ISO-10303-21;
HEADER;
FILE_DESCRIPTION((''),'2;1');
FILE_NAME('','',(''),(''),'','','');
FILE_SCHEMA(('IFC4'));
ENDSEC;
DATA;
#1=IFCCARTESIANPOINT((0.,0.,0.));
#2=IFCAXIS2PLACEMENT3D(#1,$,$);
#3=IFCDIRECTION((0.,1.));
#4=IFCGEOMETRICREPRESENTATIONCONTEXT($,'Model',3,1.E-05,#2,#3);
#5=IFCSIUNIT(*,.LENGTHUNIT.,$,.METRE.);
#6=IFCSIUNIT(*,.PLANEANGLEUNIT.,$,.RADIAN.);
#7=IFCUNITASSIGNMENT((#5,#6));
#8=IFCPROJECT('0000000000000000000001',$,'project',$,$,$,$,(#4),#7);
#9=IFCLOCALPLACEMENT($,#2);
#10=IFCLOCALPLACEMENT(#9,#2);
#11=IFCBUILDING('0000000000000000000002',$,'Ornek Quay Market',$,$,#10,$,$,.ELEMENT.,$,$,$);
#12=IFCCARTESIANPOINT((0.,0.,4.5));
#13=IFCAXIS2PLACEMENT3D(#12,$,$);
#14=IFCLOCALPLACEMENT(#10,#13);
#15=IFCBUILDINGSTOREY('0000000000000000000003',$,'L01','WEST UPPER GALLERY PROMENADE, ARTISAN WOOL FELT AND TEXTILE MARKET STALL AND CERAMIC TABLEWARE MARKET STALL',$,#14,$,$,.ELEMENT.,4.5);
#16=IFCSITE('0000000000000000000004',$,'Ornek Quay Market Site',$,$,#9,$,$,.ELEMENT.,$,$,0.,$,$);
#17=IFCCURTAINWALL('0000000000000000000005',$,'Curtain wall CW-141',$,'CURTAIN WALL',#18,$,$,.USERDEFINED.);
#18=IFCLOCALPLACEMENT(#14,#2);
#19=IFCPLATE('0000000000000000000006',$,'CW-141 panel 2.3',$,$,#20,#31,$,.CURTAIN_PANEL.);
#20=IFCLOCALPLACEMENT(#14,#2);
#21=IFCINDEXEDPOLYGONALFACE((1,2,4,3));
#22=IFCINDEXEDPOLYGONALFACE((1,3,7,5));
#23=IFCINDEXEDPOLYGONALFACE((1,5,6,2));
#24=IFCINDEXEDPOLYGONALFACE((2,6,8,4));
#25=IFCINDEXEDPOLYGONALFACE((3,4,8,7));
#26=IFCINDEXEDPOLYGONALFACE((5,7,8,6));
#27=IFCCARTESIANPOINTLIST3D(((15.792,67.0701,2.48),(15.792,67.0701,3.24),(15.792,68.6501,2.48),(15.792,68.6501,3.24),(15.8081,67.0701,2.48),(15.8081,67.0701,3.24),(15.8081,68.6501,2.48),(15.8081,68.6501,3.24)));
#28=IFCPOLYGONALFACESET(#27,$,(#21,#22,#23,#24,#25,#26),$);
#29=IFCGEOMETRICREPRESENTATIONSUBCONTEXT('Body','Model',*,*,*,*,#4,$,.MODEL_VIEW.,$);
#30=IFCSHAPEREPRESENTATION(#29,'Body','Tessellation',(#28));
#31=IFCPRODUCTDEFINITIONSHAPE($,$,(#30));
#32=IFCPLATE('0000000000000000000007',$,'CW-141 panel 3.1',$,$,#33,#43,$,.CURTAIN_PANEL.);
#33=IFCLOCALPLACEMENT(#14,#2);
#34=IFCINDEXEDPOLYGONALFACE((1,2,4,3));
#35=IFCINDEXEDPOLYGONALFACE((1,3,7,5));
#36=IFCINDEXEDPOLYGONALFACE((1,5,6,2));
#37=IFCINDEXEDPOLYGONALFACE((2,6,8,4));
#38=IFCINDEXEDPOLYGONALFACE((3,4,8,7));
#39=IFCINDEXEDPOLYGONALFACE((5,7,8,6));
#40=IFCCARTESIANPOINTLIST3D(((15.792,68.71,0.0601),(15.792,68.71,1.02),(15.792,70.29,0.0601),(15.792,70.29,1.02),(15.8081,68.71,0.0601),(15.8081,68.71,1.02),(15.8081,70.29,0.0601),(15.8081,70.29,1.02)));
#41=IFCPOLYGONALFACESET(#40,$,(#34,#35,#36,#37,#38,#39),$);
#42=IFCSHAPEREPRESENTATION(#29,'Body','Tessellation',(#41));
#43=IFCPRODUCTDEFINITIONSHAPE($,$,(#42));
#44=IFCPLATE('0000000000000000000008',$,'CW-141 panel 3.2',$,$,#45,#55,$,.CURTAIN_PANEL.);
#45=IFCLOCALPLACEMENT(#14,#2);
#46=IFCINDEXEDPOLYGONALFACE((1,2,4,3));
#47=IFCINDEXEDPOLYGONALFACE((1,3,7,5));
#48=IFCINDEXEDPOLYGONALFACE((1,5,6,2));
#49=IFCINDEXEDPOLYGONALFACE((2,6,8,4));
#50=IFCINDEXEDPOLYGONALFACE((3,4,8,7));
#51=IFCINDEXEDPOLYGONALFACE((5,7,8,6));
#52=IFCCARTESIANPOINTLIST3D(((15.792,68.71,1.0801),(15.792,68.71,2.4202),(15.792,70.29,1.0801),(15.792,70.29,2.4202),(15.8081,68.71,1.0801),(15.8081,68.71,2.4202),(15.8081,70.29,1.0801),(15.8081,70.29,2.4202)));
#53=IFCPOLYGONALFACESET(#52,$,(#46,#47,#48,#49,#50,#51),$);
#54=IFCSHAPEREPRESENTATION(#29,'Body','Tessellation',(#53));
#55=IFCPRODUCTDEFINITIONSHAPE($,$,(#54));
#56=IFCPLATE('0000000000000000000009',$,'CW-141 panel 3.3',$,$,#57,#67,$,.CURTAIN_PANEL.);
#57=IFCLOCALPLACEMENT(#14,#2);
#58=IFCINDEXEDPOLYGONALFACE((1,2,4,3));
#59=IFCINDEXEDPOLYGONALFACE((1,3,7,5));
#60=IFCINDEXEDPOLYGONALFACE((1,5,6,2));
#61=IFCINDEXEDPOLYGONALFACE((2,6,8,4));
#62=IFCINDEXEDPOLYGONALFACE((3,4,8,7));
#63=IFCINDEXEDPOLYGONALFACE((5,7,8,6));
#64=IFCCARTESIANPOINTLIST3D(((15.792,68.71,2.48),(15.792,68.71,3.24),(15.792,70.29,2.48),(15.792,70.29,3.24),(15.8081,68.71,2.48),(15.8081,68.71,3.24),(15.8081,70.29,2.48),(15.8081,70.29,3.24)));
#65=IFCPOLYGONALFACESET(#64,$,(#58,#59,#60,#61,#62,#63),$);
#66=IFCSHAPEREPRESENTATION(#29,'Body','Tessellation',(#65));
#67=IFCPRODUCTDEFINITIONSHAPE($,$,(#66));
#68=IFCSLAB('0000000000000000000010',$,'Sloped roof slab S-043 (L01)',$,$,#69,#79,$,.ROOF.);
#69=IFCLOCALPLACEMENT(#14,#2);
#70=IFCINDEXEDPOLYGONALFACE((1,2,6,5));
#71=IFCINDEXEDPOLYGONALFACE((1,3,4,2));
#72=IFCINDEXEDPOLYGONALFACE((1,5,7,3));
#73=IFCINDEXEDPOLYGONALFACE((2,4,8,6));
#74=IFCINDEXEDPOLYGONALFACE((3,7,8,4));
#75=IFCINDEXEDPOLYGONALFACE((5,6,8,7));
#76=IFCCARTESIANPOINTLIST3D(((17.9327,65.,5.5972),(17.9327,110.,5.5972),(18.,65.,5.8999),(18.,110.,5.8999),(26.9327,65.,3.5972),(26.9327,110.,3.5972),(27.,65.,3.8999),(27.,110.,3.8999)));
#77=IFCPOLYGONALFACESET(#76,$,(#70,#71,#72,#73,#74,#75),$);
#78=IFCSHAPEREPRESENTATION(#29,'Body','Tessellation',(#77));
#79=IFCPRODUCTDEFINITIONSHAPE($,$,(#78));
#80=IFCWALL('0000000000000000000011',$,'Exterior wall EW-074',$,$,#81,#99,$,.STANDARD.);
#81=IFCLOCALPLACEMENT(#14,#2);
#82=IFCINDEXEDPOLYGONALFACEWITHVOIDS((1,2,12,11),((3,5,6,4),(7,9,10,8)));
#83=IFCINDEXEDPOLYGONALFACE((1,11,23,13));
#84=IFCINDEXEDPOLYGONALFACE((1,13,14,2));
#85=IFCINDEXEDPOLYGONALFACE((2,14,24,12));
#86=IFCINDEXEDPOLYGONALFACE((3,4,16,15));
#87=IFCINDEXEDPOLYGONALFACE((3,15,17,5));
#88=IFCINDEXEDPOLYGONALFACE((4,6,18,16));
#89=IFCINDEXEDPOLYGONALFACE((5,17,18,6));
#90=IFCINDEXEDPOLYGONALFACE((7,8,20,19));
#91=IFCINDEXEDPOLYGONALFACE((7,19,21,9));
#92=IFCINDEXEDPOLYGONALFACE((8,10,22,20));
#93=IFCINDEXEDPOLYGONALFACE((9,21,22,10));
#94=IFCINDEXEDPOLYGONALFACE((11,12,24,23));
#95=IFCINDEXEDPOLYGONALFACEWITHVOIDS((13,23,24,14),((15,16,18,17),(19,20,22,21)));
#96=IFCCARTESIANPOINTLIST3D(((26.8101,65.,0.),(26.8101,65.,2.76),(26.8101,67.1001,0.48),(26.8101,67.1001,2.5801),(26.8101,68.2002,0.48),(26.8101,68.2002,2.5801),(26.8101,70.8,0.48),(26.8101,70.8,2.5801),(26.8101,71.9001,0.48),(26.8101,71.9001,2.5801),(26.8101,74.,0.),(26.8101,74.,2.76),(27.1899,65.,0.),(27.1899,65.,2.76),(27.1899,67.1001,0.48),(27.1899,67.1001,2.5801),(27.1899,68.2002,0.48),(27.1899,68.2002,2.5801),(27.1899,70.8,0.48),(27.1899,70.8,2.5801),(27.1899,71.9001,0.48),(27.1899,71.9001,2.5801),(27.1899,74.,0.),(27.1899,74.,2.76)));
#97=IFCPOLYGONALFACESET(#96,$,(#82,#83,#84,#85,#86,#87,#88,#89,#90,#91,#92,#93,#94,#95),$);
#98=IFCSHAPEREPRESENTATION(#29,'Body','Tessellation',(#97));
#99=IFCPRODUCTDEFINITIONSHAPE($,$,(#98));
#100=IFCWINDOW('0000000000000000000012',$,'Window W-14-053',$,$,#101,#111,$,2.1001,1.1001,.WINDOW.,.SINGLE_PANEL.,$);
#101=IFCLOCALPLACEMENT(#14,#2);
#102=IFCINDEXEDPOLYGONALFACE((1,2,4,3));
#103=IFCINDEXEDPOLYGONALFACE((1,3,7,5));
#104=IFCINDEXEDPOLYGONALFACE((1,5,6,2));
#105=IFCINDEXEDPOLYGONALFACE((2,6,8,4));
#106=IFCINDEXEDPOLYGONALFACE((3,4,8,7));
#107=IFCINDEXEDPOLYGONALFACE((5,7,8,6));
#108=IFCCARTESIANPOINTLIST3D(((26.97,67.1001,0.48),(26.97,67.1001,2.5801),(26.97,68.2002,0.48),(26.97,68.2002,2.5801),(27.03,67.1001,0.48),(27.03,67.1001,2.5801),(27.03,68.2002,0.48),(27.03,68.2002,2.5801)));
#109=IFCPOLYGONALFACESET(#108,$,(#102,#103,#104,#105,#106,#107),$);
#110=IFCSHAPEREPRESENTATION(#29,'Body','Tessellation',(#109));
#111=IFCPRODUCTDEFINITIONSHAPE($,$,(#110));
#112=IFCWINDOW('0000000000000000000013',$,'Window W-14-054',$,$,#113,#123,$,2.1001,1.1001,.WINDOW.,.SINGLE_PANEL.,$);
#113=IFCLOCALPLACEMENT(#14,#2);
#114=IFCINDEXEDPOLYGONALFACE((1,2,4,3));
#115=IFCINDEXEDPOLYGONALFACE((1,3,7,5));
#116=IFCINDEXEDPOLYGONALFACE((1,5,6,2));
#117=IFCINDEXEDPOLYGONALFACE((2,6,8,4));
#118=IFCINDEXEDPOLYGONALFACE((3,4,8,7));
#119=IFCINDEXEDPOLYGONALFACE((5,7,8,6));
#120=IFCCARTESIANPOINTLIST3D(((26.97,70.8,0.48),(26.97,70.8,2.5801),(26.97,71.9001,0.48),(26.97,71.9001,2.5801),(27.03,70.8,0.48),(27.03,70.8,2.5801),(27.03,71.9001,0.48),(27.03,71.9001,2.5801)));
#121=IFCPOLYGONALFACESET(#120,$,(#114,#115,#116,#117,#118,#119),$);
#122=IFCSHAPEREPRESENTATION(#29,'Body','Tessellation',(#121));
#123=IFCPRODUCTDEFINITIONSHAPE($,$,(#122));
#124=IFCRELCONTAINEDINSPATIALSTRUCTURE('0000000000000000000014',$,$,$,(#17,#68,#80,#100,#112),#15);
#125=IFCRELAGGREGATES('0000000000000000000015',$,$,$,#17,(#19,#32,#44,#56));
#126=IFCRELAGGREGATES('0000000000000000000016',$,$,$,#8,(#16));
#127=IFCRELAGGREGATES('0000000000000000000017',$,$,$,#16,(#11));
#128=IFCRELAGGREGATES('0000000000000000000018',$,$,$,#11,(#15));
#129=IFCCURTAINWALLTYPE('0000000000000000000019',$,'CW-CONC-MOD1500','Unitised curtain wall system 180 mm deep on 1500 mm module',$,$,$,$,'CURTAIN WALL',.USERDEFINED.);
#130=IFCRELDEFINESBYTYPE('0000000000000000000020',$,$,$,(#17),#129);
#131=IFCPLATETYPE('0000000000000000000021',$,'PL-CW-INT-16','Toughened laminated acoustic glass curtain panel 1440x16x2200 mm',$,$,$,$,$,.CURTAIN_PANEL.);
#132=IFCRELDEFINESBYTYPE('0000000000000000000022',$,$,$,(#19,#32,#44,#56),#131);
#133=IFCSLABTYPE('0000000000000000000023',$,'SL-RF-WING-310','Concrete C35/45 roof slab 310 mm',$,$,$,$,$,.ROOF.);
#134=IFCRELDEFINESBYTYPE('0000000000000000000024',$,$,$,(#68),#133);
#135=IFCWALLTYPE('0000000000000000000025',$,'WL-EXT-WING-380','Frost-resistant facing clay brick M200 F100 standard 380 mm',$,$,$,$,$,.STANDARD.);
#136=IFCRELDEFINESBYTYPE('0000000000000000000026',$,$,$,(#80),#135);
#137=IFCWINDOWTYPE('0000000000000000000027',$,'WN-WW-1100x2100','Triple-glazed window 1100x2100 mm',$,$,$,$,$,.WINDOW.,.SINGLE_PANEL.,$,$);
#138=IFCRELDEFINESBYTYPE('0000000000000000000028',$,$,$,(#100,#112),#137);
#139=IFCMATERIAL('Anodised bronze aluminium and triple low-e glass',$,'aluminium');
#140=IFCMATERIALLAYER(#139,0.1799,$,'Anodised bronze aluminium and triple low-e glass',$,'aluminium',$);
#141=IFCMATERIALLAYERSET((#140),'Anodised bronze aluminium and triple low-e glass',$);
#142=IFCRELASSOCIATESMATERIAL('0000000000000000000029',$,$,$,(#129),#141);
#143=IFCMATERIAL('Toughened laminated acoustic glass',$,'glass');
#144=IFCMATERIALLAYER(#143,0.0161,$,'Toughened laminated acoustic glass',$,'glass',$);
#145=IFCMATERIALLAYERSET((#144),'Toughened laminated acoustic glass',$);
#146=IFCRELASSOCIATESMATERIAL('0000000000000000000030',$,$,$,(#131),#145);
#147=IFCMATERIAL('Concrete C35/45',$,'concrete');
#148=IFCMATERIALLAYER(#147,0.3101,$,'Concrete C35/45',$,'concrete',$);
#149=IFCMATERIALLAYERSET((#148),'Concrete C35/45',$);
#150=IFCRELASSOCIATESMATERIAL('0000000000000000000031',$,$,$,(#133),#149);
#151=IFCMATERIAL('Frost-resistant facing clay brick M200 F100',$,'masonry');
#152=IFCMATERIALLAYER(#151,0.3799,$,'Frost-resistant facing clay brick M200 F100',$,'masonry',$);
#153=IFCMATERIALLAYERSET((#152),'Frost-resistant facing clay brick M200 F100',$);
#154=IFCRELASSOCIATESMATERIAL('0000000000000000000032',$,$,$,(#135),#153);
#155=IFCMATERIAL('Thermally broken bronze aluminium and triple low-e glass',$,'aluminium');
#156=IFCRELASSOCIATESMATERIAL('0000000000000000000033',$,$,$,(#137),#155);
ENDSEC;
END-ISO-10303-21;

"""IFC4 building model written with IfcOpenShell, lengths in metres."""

from ifc_helpers import new_model, si_unit, direction, frame, frame_2d, origin, origin_2d, place, context, subcontext, project, spatial, polyline, rectangle, outline, extrude, material, layer, layer_set, type_object, element, fill, aggregate, save


model = new_model("IFC4")

# Units and contexts
model_context = context("Model", 3, precision=1e-05, world=origin(), true_north=direction((0.0, 1.0)))
body_context = subcontext(model_context, "Body", "Model", "MODEL_VIEW")
ifc_project = project(units=[si_unit("LENGTHUNIT", "METRE"), si_unit("PLANEANGLEUNIT", "RADIAN")], contexts=[model_context])

# Site, building, storey
site_placement = place(None, origin())
site = spatial("IfcSite", under=ifc_project, at=site_placement, Name="Ornek Quay Market Site", CompositionType="ELEMENT", RefElevation=0.0)
building_placement = place(site_placement, origin())
building = spatial("IfcBuilding", under=site, at=building_placement, Name="Ornek Quay Market", CompositionType="ELEMENT")
storey_placement = place(building_placement, frame((0.0, 0.0, 4.5)))
storey = spatial("IfcBuildingStorey", under=building, at=storey_placement, Name="L01", Description="WEST UPPER GALLERY PROMENADE, ARTISAN WOOL FELT AND TEXTILE MARKET STALL AND CERAMIC TABLEWARE MARKET STALL", CompositionType="ELEMENT", Elevation=4.5)

# Shared definitions
ifc_material_1 = material(Name="Concrete C35/45", Category="concrete")

# Curtain wall, plates
ifc_material_2 = material(Name="Anodised bronze aluminium and triple low-e glass", Category="aluminium")
ifc_layer_1 = layer(ifc_material_2, 0.1799, Name="Anodised bronze aluminium and triple low-e glass", Category="aluminium")
ifc_layer_set_1 = layer_set([ifc_layer_1], Name="Anodised bronze aluminium and triple low-e glass")
curtain_wall_type = type_object("IfcCurtainWallType", Name="CW-CONC-MOD1500", Description="Unitised curtain wall system 180 mm deep on 1500 mm module", ElementType="CURTAIN WALL", PredefinedType="USERDEFINED", material=ifc_layer_set_1)
curtain_wall_placement = place(storey_placement, origin())
curtain_wall = element("IfcCurtainWall", 1, at=curtain_wall_placement, inside=storey, type_object=curtain_wall_type, Name="Curtain wall CW-141", ObjectType="CURTAIN WALL", PredefinedType="USERDEFINED")
ifc_material_3 = material(Name="Toughened laminated acoustic glass", Category="glass")
ifc_layer_2 = layer(ifc_material_3, 0.0161, Name="Toughened laminated acoustic glass", Category="glass")
ifc_layer_set_2 = layer_set([ifc_layer_2], Name="Toughened laminated acoustic glass")
plate_type = type_object("IfcPlateType", Name="PL-CW-INT-16", Description="Toughened laminated acoustic glass curtain panel 1440x16x2200 mm", PredefinedType="CURTAIN_PANEL", material=ifc_layer_set_2)
plate_1_placement = place(storey_placement, frame((15.8, 67.8601, 2.48), z_axis=(0.0, 0.0, 1.0), x_axis=(0.0, 1.0, 0.0)))
plate_1 = element("IfcPlate", 2, at=plate_1_placement, type_object=plate_type, Name="CW-141 panel 2.3", PredefinedType="CURTAIN_PANEL", context=body_context, shape_type="SweptSolid", body=[
    extrude(rectangle(XDim=1.5801, YDim=0.0161, at=origin_2d()), origin(), (0.0, 0.0, 1.0), 0.76),
])
plate_2_placement = place(storey_placement, frame((15.8, 69.5, 0.0601), z_axis=(0.0, 0.0, 1.0), x_axis=(0.0, 1.0, 0.0)))
plate_2 = element("IfcPlate", 3, at=plate_2_placement, type_object=plate_type, Name="CW-141 panel 3.1", PredefinedType="CURTAIN_PANEL", context=body_context, shape_type="SweptSolid", body=[
    extrude(rectangle(XDim=1.5801, YDim=0.0161, at=origin_2d()), origin(), (0.0, 0.0, 1.0), 0.96),
])
plate_3_placement = place(storey_placement, frame((15.8, 69.5, 1.0801), z_axis=(0.0, 0.0, 1.0), x_axis=(0.0, 1.0, 0.0)))
plate_3 = element("IfcPlate", 4, at=plate_3_placement, type_object=plate_type, Name="CW-141 panel 3.2", PredefinedType="CURTAIN_PANEL", context=body_context, shape_type="SweptSolid", body=[
    extrude(rectangle(XDim=1.5801, YDim=0.0161, at=origin_2d()), origin(), (0.0, 0.0, 1.0), 1.3401),
])
plate_4_placement = place(storey_placement, frame((15.8, 69.5, 2.48), z_axis=(0.0, 0.0, 1.0), x_axis=(0.0, 1.0, 0.0)))
plate_4 = element("IfcPlate", 5, at=plate_4_placement, type_object=plate_type, Name="CW-141 panel 3.3", PredefinedType="CURTAIN_PANEL", context=body_context, shape_type="SweptSolid", body=[
    extrude(rectangle(XDim=1.5801, YDim=0.0161, at=origin_2d()), origin(), (0.0, 0.0, 1.0), 0.76),
])
aggregate(curtain_wall, [plate_1, plate_2, plate_3, plate_4])

# Slab
ifc_layer_3 = layer(ifc_material_1, 0.3101, Name="Concrete C35/45", Category="concrete")
ifc_layer_set_3 = layer_set([ifc_layer_3], Name="Concrete C35/45")
slab_type = type_object("IfcSlabType", Name="SL-RF-WING-310", Description="Concrete C35/45 roof slab 310 mm", PredefinedType="ROOF", material=ifc_layer_set_3)
slab_placement = place(storey_placement, frame((18.0, 65.0, 5.8999), z_axis=(0.21693, 0.0, 0.976187), x_axis=(0.976187, 0.0, -0.21693)))
element("IfcSlab", 6, at=slab_placement, inside=storey, type_object=slab_type, Name="Sloped roof slab S-043 (L01)", PredefinedType="ROOF", context=body_context, shape_type="SweptSolid", body=[
    extrude(outline(polyline([(0.0, 0.0), (9.2195, 0.0), (9.2195, 45.0), (0.0, 45.0), (0.0, 0.0)])), origin(), (0.0, 0.0, -1.0), 0.3101),
])

# Wall, openings, windows
ifc_material_4 = material(Name="Frost-resistant facing clay brick M200 F100", Category="masonry")
ifc_layer_4 = layer(ifc_material_4, 0.3799, Name="Frost-resistant facing clay brick M200 F100", Category="masonry")
ifc_layer_set_4 = layer_set([ifc_layer_4], Name="Frost-resistant facing clay brick M200 F100")
wall_type = type_object("IfcWallType", Name="WL-EXT-WING-380", Description="Frost-resistant facing clay brick M200 F100 standard 380 mm", PredefinedType="STANDARD", material=ifc_layer_set_4)
wall_placement = place(storey_placement, frame((27.0, 65.0, 0.0), z_axis=(0.0, 0.0, 1.0), x_axis=(0.0, 1.0, 0.0)))
wall = element("IfcWall", 7, at=wall_placement, inside=storey, type_object=wall_type, Name="Exterior wall EW-074", PredefinedType="STANDARD", context=body_context, shape_type="SweptSolid", body=[
    extrude(rectangle(XDim=9.0, YDim=0.3799, at=frame_2d((4.5, 0.0))), origin(), (0.0, 0.0, 1.0), 2.76),
])
opening_1_placement = place(wall_placement, frame((2.1001, 0.0, 0.48)))
opening_1 = element("IfcOpeningElement", 8, at=opening_1_placement, cuts=wall, PredefinedType="OPENING", context=body_context, shape_type="SweptSolid", body=[
    extrude(rectangle(XDim=1.1001, YDim=2.1001, at=frame_2d((0.55, 1.05))), frame((0.0, 0.2, 0.0), z_axis=(0.0, -1.0, 0.0), x_axis=(1.0, 0.0, 0.0)), (0.0, 0.0, 1.0), 0.3999),
])
opening_2_placement = place(wall_placement, frame((5.8, 0.0, 0.48)))
opening_2 = element("IfcOpeningElement", 9, at=opening_2_placement, cuts=wall, PredefinedType="OPENING", context=body_context, shape_type="SweptSolid", body=[
    extrude(rectangle(XDim=1.1001, YDim=2.1001, at=frame_2d((0.55, 1.05))), frame((0.0, 0.2, 0.0), z_axis=(0.0, -1.0, 0.0), x_axis=(1.0, 0.0, 0.0)), (0.0, 0.0, 1.0), 0.3999),
])
ifc_material_5 = material(Name="Thermally broken bronze aluminium and triple low-e glass", Category="aluminium")
window_type = type_object("IfcWindowType", Name="WN-WW-1100x2100", Description="Triple-glazed window 1100x2100 mm", PartitioningType="SINGLE_PANEL", PredefinedType="WINDOW", material=ifc_material_5)
window_1_placement = place(opening_1_placement, origin())
window_1 = element("IfcWindow", 10, at=window_1_placement, inside=storey, type_object=window_type, Name="Window W-14-053", OverallHeight=2.1001, OverallWidth=1.1001, PartitioningType="SINGLE_PANEL", PredefinedType="WINDOW", context=body_context, shape_type="SweptSolid", body=[
    extrude(rectangle(XDim=1.1001, YDim=2.1001, at=frame_2d((0.55, 1.05))), frame((0.0, 0.03, 0.0), z_axis=(0.0, -1.0, 0.0), x_axis=(1.0, 0.0, 0.0)), (0.0, 0.0, 1.0), 0.0601),
])
fill(opening_1, window_1)
window_2_placement = place(opening_2_placement, origin())
window_2 = element("IfcWindow", 11, at=window_2_placement, inside=storey, type_object=window_type, Name="Window W-14-054", OverallHeight=2.1001, OverallWidth=1.1001, PartitioningType="SINGLE_PANEL", PredefinedType="WINDOW", context=body_context, shape_type="SweptSolid", body=[
    extrude(rectangle(XDim=1.1001, YDim=2.1001, at=frame_2d((0.55, 1.05))), frame((0.0, 0.03, 0.0), z_axis=(0.0, -1.0, 0.0), x_axis=(1.0, 0.0, 0.0)), (0.0, 0.0, 1.0), 0.0601),
])
fill(opening_2, window_2)

save(model, "model.ifc")
